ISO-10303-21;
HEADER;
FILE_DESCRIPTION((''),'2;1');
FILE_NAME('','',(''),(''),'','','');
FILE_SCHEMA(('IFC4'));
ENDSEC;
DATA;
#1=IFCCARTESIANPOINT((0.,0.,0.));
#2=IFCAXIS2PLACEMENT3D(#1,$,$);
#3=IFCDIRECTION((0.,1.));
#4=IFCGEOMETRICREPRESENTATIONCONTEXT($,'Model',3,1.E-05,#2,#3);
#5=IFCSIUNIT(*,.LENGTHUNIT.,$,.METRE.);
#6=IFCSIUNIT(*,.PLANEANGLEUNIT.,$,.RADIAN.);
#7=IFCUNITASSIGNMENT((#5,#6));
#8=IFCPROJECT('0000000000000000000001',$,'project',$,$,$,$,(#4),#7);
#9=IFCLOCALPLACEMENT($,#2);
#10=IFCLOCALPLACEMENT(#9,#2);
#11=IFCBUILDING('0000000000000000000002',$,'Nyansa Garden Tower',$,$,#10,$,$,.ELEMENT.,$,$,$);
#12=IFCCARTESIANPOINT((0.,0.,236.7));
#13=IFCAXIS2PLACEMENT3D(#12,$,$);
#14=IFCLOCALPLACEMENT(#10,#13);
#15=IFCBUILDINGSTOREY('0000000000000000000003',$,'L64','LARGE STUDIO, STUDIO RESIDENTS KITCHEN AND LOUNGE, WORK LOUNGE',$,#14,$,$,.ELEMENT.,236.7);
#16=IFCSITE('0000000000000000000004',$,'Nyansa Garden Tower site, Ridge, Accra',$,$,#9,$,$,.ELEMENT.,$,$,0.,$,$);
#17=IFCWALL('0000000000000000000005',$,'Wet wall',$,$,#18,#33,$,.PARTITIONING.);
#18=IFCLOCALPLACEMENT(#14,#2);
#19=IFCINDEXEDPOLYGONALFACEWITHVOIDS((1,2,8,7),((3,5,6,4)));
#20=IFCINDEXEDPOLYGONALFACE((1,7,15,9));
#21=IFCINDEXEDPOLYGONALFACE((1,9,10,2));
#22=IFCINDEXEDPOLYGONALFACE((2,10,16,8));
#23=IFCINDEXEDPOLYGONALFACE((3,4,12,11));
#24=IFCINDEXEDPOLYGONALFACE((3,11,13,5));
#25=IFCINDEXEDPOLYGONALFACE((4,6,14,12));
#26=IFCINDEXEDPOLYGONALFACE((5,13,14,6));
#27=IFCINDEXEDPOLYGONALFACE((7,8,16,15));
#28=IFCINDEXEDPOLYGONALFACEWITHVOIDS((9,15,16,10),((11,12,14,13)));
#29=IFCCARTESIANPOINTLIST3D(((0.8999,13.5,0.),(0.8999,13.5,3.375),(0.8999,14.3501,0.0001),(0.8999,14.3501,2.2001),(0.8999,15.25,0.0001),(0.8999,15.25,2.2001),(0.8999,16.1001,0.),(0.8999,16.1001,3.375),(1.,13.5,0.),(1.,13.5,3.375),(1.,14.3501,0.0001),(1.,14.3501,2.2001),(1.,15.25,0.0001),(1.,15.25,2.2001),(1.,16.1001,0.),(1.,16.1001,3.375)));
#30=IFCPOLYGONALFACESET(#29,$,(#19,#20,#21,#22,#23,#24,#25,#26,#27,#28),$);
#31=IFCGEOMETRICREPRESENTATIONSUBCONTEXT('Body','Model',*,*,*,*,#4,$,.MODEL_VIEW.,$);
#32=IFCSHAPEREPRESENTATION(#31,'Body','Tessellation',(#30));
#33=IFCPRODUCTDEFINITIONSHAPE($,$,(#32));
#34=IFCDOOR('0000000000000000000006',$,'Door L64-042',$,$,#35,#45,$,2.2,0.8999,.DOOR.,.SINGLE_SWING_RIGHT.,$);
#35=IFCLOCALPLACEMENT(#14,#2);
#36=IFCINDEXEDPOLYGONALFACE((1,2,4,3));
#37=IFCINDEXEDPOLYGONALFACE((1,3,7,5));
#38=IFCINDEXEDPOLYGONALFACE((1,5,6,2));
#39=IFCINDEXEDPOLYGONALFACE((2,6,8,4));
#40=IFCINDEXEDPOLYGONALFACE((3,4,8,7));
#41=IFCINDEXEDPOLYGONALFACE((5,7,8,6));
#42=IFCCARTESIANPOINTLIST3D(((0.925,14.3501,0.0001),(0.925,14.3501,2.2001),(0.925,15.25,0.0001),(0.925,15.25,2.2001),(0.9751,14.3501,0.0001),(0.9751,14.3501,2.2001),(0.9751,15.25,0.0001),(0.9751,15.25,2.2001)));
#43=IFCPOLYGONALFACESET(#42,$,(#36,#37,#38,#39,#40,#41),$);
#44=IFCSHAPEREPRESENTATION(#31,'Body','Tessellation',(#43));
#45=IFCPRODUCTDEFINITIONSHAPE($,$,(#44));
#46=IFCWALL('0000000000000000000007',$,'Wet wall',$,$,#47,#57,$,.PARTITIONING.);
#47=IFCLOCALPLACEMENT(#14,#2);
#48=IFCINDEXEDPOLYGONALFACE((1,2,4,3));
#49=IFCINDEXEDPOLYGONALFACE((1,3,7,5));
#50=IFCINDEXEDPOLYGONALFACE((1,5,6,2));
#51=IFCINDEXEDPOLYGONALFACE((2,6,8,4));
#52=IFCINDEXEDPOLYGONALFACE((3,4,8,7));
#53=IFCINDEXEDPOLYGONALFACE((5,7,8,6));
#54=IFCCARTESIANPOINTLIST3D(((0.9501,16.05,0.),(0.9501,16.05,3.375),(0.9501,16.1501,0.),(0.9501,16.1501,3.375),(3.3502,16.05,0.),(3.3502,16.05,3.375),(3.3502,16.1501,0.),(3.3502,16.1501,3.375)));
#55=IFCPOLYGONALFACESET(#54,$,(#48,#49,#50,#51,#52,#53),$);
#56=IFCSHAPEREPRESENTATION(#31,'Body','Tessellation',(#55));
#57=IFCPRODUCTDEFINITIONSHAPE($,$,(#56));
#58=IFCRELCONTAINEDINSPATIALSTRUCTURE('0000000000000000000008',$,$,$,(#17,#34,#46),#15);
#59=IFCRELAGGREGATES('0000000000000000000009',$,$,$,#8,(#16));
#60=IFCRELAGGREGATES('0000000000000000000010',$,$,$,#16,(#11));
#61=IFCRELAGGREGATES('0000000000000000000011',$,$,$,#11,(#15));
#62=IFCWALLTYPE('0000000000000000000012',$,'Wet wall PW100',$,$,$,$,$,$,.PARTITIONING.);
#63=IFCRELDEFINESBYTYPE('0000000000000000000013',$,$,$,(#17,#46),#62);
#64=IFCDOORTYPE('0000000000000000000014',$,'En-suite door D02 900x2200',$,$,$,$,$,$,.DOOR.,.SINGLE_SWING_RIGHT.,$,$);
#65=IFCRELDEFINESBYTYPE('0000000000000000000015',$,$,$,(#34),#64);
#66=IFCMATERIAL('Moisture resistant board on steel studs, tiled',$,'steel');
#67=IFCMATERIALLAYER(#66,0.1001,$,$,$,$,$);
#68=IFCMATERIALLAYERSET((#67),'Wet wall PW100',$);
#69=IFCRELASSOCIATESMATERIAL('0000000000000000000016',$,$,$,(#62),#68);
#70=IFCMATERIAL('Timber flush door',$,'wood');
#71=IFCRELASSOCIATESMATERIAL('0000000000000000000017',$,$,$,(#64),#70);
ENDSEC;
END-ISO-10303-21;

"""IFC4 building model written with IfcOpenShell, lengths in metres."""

from ifc_helpers import new_model, si_unit, direction, frame, frame_2d, origin, place, context, subcontext, project, spatial, rectangle, extrude, material, layer, layer_set, type_object, element, fill, save


model = new_model("IFC4")

# Units and contexts
model_context = context("Model", 3, precision=1e-05, world=origin(), true_north=direction((0.0, 1.0)))
body_context = subcontext(model_context, "Body", "Model", "MODEL_VIEW")
ifc_project = project(units=[si_unit("LENGTHUNIT", "METRE"), si_unit("PLANEANGLEUNIT", "RADIAN")], contexts=[model_context])

# Site, building, storey
site_placement = place(None, origin())
site = spatial("IfcSite", under=ifc_project, at=site_placement, Name="Nyansa Garden Tower site, Ridge, Accra", CompositionType="ELEMENT", RefElevation=0.0)
building_placement = place(site_placement, origin())
building = spatial("IfcBuilding", under=site, at=building_placement, Name="Nyansa Garden Tower", CompositionType="ELEMENT")
storey_placement = place(building_placement, frame((0.0, 0.0, 236.7)))
storey = spatial("IfcBuildingStorey", under=building, at=storey_placement, Name="L64", Description="LARGE STUDIO, STUDIO RESIDENTS KITCHEN AND LOUNGE, WORK LOUNGE", CompositionType="ELEMENT", Elevation=236.7)

# Shared definitions
ifc_material_1 = material(Name="Moisture resistant board on steel studs, tiled", Category="steel")
ifc_layer_1 = layer(ifc_material_1, 0.1001)
ifc_layer_set_1 = layer_set([ifc_layer_1], Name="Wet wall PW100")
wall_type_1 = type_object("IfcWallType", Name="Wet wall PW100", PredefinedType="PARTITIONING", material=ifc_layer_set_1)

# Wall, opening, door
wall_1_placement = place(storey_placement, frame((0.95, 13.5, 0.0), z_axis=(0.0, 0.0, 1.0), x_axis=(0.0, 1.0, 0.0)))
wall_1 = element("IfcWall", 1, at=wall_1_placement, inside=storey, type_object=wall_type_1, Name="Wet wall", PredefinedType="PARTITIONING", context=body_context, shape_type="SweptSolid", body=[
    extrude(rectangle(XDim=2.6001, YDim=0.1001, at=frame_2d((1.3, 0.0))), origin(), (0.0, 0.0, 1.0), 3.375),
])
opening_1_placement = place(wall_1_placement, frame((0.8501, 0.0, 0.0)))
opening_1 = element("IfcOpeningElement", 2, at=opening_1_placement, cuts=wall_1, PredefinedType="OPENING", context=body_context, shape_type="SweptSolid", body=[
    extrude(rectangle(XDim=0.8999, YDim=2.2, at=frame_2d((0.45, 1.1001))), frame((0.0, 0.0601, 0.0), z_axis=(0.0, -1.0, 0.0), x_axis=(1.0, 0.0, 0.0)), (0.0, 0.0, 1.0), 0.1201),
])
ifc_material_2 = material(Name="Timber flush door", Category="wood")
door_type_1 = type_object("IfcDoorType", Name="En-suite door D02 900x2200", OperationType="SINGLE_SWING_RIGHT", PredefinedType="DOOR", material=ifc_material_2)
door_1_placement = place(opening_1_placement, origin())
door_1 = element("IfcDoor", 3, at=door_1_placement, inside=storey, type_object=door_type_1, Name="Door L64-042", OperationType="SINGLE_SWING_RIGHT", OverallHeight=2.2, OverallWidth=0.8999, PredefinedType="DOOR", context=body_context, shape_type="SweptSolid", body=[
    extrude(rectangle(XDim=0.8999, YDim=2.2, at=frame_2d((0.45, 1.1001))), frame((0.0, 0.0249, 0.0), z_axis=(0.0, -1.0, 0.0), x_axis=(1.0, 0.0, 0.0)), (0.0, 0.0, 1.0), 0.05),
])
fill(opening_1, door_1)

# Wall
wall_2_placement = place(storey_placement, frame((0.95, 16.1001, 0.0), z_axis=(0.0, 0.0, 1.0), x_axis=(1.0, 0.0, 0.0)))
element("IfcWall", 4, at=wall_2_placement, inside=storey, type_object=wall_type_1, Name="Wet wall", PredefinedType="PARTITIONING", context=body_context, shape_type="SweptSolid", body=[
    extrude(rectangle(XDim=2.4001, YDim=0.1001, at=frame_2d((1.2002, 0.0))), origin(), (0.0, 0.0, 1.0), 3.375),
])

save(model, "model.ifc")
